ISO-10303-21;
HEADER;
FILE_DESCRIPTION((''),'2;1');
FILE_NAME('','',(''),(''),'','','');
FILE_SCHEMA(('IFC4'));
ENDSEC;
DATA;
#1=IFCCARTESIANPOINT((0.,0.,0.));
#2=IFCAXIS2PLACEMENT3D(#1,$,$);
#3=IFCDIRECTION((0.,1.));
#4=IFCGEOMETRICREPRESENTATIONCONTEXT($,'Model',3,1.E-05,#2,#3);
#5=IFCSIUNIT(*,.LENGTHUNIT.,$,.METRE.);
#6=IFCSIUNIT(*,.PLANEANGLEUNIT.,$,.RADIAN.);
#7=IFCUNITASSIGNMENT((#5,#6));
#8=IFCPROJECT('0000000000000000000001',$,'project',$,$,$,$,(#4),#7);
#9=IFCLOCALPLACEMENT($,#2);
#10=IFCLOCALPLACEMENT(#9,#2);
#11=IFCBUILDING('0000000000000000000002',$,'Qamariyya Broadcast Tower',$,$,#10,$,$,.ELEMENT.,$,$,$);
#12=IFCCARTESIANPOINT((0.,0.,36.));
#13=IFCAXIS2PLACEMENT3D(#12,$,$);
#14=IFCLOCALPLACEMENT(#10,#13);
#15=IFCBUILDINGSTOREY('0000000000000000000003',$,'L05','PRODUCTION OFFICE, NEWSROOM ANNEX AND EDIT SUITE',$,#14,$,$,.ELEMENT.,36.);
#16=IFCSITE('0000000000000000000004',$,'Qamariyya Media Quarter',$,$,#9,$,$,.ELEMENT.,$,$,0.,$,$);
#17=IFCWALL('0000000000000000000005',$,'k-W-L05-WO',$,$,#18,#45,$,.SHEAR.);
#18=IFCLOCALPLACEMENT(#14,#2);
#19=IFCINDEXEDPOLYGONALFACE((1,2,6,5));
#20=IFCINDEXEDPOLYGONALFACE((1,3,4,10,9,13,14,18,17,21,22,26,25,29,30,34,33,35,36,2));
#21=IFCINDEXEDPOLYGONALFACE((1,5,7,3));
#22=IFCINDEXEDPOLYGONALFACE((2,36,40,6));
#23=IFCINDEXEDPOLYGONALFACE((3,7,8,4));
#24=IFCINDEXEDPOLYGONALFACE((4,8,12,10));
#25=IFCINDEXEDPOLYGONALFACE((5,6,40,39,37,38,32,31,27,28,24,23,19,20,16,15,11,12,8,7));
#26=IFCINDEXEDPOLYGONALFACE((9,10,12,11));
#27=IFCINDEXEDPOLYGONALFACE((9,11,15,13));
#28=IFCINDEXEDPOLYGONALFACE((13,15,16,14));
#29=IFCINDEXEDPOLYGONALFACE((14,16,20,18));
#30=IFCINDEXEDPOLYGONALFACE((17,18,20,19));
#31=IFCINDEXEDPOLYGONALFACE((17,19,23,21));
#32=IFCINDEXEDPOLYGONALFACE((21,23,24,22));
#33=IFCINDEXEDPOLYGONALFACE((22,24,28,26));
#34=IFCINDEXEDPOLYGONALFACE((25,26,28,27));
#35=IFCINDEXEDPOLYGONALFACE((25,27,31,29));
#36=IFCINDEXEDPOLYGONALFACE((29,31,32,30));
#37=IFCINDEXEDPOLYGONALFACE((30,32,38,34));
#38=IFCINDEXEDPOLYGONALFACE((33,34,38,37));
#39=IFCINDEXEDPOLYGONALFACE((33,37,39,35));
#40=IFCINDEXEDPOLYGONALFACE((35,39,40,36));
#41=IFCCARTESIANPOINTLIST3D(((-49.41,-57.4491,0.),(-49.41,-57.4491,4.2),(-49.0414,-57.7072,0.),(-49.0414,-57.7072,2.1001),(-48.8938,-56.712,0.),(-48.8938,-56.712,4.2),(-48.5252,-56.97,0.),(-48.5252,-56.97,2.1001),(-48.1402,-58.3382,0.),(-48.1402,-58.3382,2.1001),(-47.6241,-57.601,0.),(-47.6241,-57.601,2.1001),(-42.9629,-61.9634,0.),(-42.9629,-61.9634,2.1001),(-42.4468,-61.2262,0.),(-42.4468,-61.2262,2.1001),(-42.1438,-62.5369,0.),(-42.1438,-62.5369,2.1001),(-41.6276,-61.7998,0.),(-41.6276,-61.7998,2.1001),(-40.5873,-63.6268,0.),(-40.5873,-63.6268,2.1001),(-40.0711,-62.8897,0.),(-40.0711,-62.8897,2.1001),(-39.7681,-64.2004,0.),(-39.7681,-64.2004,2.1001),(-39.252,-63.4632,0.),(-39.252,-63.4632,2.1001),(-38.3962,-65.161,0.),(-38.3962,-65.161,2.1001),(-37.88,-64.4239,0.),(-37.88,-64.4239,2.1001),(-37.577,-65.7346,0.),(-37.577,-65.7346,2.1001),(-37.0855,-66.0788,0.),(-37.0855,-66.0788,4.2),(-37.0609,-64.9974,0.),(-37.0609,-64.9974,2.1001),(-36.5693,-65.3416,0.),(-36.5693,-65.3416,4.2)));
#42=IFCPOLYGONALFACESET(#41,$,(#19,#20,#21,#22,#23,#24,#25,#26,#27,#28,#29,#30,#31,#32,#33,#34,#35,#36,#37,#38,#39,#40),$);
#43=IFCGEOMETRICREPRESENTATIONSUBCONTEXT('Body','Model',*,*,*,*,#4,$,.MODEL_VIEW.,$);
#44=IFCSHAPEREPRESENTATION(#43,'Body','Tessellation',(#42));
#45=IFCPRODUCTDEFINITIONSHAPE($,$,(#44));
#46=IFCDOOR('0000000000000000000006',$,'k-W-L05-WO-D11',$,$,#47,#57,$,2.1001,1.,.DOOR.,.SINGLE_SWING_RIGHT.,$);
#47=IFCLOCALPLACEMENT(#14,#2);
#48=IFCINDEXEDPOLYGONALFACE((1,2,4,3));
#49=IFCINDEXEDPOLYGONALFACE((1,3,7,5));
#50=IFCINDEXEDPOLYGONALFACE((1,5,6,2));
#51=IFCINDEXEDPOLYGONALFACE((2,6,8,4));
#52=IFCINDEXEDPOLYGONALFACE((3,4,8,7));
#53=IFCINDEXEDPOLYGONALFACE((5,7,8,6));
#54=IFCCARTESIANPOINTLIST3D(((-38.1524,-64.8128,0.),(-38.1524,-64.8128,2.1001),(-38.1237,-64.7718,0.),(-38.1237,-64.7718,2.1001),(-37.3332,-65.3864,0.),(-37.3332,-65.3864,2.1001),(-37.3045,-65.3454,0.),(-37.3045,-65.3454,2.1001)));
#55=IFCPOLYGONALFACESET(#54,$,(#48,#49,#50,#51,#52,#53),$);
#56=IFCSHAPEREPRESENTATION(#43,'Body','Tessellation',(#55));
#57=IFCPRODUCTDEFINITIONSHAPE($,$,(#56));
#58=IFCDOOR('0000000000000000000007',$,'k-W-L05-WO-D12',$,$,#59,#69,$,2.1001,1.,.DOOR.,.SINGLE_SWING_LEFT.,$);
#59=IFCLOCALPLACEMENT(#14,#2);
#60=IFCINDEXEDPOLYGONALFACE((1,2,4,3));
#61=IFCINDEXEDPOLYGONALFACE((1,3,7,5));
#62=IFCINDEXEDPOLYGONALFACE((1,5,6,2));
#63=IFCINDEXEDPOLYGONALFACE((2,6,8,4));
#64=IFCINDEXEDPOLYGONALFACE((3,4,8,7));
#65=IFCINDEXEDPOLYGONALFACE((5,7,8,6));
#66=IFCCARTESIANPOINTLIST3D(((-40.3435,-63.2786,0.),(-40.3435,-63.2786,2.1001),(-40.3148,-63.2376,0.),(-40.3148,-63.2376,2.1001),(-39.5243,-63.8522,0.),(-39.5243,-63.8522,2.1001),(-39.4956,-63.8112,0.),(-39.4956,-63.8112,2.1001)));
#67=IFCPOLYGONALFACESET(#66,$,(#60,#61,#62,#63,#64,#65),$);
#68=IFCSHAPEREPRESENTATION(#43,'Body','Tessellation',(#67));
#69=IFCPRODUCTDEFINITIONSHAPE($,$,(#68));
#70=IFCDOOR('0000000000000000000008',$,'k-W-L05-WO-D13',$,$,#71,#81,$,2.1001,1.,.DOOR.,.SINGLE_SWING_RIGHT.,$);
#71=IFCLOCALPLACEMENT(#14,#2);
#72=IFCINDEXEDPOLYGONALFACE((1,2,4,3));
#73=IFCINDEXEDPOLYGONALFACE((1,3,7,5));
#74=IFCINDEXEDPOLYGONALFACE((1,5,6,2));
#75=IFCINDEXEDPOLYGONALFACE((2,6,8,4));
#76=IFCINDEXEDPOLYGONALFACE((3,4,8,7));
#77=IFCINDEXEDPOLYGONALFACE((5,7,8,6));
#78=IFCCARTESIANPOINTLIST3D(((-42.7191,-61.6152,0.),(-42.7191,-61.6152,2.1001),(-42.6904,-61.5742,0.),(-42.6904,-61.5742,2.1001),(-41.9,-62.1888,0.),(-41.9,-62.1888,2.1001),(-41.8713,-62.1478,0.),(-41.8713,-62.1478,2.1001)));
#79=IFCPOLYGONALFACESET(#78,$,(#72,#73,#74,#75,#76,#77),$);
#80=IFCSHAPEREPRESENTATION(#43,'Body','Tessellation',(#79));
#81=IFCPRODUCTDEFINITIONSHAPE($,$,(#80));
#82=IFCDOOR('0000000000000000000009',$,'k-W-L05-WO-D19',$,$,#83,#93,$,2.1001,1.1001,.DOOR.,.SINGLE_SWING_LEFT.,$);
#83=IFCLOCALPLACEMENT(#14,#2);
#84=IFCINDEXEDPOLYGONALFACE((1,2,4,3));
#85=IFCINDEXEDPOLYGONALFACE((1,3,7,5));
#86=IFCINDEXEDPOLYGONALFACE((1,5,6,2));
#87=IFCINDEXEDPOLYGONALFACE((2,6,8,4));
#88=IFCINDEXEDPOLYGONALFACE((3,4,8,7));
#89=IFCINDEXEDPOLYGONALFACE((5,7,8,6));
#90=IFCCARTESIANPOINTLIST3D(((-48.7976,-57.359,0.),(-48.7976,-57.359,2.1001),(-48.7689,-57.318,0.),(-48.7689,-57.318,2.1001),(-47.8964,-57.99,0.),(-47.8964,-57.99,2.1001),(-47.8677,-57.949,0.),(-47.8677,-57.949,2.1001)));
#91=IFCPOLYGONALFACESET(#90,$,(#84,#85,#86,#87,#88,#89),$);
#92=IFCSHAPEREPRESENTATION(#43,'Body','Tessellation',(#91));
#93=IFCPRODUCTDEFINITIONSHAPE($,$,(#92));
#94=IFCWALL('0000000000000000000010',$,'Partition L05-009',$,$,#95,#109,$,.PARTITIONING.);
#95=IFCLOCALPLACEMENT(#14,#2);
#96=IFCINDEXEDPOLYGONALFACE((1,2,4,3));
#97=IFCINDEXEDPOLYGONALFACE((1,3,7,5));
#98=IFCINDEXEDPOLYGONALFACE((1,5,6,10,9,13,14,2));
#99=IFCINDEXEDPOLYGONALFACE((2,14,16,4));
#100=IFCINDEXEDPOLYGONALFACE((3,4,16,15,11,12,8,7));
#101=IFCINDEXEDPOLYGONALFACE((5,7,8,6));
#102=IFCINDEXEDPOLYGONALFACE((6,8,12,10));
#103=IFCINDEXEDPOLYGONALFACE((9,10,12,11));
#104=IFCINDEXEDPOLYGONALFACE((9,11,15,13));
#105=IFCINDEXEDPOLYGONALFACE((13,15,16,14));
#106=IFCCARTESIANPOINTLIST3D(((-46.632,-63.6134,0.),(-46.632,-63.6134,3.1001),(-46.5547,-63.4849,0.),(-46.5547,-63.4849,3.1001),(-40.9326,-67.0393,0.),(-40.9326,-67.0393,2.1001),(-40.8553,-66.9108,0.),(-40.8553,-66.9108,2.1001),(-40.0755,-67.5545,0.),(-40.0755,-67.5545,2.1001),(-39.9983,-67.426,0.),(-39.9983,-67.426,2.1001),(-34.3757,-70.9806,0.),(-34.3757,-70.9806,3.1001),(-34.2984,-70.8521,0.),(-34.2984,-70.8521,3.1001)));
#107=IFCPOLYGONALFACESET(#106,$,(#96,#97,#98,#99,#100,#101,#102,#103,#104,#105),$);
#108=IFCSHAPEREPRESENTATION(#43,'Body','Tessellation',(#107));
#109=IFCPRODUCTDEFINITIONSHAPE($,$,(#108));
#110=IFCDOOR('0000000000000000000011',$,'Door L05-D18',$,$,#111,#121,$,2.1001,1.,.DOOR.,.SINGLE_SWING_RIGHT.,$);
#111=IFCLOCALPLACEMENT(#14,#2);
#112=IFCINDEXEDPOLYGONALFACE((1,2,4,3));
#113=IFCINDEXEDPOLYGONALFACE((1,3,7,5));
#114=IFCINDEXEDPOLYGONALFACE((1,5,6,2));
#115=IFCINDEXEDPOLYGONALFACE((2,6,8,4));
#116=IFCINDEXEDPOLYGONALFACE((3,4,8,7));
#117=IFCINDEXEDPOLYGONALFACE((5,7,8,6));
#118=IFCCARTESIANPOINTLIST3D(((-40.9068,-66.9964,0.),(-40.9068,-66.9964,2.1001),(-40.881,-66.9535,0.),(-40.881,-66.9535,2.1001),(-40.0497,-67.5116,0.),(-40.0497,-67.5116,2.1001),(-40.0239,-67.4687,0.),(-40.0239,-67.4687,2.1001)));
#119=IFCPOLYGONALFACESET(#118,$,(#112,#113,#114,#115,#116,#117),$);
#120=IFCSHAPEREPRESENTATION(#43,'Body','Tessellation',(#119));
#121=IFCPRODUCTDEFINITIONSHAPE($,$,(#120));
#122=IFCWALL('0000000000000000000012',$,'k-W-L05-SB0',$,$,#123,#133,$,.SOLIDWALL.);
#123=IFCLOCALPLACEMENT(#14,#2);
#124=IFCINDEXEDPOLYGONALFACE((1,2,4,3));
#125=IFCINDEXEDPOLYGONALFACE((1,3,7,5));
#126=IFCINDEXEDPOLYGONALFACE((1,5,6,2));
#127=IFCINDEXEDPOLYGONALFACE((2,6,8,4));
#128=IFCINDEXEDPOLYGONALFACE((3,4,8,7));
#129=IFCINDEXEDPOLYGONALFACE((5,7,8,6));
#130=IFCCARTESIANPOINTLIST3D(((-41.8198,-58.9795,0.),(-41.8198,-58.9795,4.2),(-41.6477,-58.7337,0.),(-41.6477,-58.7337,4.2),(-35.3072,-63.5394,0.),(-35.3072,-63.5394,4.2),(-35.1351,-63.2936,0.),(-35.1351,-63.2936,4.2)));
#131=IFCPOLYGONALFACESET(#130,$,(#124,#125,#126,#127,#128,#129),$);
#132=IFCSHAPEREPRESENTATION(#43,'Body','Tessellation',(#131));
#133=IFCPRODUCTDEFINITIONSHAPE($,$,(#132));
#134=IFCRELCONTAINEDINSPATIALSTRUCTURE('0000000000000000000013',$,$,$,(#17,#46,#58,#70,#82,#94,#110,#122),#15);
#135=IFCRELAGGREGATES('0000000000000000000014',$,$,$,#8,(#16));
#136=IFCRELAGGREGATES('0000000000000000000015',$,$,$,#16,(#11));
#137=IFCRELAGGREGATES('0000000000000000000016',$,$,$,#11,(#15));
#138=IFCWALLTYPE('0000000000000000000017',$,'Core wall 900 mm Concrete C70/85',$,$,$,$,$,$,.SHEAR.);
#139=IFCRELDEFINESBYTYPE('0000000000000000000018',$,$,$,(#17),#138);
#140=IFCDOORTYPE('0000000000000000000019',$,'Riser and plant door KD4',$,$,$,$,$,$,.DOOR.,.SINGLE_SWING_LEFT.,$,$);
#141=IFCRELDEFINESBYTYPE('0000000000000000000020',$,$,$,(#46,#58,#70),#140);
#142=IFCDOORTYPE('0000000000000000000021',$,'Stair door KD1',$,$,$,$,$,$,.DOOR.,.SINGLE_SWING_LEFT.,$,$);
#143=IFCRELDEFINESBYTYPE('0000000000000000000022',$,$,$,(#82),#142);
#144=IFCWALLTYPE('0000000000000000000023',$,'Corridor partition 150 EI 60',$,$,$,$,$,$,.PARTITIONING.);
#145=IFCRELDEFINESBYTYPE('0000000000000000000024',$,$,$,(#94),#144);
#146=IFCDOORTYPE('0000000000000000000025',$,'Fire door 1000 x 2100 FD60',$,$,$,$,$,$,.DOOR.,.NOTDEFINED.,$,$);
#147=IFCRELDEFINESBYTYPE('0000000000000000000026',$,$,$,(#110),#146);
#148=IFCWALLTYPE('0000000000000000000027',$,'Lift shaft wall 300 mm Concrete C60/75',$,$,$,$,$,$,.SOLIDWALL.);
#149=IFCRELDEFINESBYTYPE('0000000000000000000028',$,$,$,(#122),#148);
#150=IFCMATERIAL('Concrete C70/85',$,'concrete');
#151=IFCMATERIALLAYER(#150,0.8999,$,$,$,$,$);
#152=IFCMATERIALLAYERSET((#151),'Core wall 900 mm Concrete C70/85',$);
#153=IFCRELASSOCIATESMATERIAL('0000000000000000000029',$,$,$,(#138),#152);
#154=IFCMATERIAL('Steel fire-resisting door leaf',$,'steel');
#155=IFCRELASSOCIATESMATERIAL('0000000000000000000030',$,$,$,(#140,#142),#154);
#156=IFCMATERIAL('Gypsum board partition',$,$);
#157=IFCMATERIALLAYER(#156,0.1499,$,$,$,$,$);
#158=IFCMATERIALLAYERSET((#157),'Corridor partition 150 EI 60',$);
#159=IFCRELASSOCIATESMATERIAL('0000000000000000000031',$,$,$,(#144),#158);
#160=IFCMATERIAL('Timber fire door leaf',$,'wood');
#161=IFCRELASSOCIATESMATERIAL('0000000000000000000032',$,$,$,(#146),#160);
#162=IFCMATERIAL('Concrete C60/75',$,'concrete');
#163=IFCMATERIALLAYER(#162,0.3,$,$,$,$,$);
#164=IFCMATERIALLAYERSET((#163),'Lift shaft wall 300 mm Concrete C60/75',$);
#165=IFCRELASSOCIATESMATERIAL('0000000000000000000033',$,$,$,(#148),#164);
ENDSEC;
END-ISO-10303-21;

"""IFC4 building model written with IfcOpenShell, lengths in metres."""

from ifc_helpers import new_model, si_unit, direction, frame, frame_2d, origin, place, context, subcontext, project, spatial, rectangle, extrude, material, layer, layer_set, type_object, element, fill, save


model = new_model("IFC4")

# Units and contexts
model_context = context("Model", 3, precision=1e-05, world=origin(), true_north=direction((0.0, 1.0)))
body_context = subcontext(model_context, "Body", "Model", "MODEL_VIEW")
ifc_project = project(units=[si_unit("LENGTHUNIT", "METRE"), si_unit("PLANEANGLEUNIT", "RADIAN")], contexts=[model_context])

# Site, building, storey
site_placement = place(None, origin())
site = spatial("IfcSite", under=ifc_project, at=site_placement, Name="Qamariyya Media Quarter", CompositionType="ELEMENT", RefElevation=0.0)
building_placement = place(site_placement, origin())
building = spatial("IfcBuilding", under=site, at=building_placement, Name="Qamariyya Broadcast Tower", CompositionType="ELEMENT")
storey_placement = place(building_placement, frame((0.0, 0.0, 36.0)))
storey = spatial("IfcBuildingStorey", under=building, at=storey_placement, Name="L05", Description="PRODUCTION OFFICE, NEWSROOM ANNEX AND EDIT SUITE", CompositionType="ELEMENT", Elevation=36.0)

# Shared definitions
ifc_material_1 = material(Name="Concrete C70/85", Category="concrete")

# Shared definitions
ifc_layer_1 = layer(ifc_material_1, 0.8999)
ifc_layer_set_1 = layer_set([ifc_layer_1], Name="Core wall 900 mm Concrete C70/85")
wall_type_1 = type_object("IfcWallType", Name="Core wall 900 mm Concrete C70/85", PredefinedType="SHEAR", material=ifc_layer_set_1)
ifc_material_2 = material(Name="Steel fire-resisting door leaf", Category="steel")

# Wall, openings, doors
wall_1_placement = place(storey_placement, frame((-36.8274, -65.7102, 0.0), z_axis=(0.0, 0.0, 1.0), x_axis=(-0.819153, 0.573575, 0.0)))
wall_1 = element("IfcWall", 1, at=wall_1_placement, inside=storey, type_object=wall_type_1, Name="k-W-L05-WO", PredefinedType="SHEAR", context=body_context, shape_type="SweptSolid", body=[
    extrude(rectangle(XDim=15.0454, YDim=0.8999, at=frame_2d((7.5227, 0.0))), origin(), (0.0, 0.0, 1.0), 4.2),
])
opening_1_placement = place(wall_1_placement, frame((0.6001, 0.0, 0.0)))
opening_1 = element("IfcOpeningElement", 2, at=opening_1_placement, cuts=wall_1, PredefinedType="OPENING", context=body_context, shape_type="SweptSolid", body=[
    extrude(rectangle(XDim=1.0, YDim=2.1001, at=frame_2d((0.5, 1.05))), frame((0.0, 0.46, 0.0), z_axis=(0.0, -1.0, 0.0), x_axis=(1.0, 0.0, 0.0)), (0.0, 0.0, 1.0), 0.9199),
])
opening_2_placement = place(wall_1_placement, frame((3.2749, 0.0, 0.0)))
opening_2 = element("IfcOpeningElement", 3, at=opening_2_placement, cuts=wall_1, PredefinedType="OPENING", context=body_context, shape_type="SweptSolid", body=[
    extrude(rectangle(XDim=1.0, YDim=2.1001, at=frame_2d((0.5, 1.05))), frame((0.0, 0.46, 0.0), z_axis=(0.0, -1.0, 0.0), x_axis=(1.0, 0.0, 0.0)), (0.0, 0.0, 1.0), 0.9199),
])
opening_3_placement = place(wall_1_placement, frame((6.175, 0.0, 0.0)))
opening_3 = element("IfcOpeningElement", 4, at=opening_3_placement, cuts=wall_1, PredefinedType="OPENING", context=body_context, shape_type="SweptSolid", body=[
    extrude(rectangle(XDim=1.0, YDim=2.1001, at=frame_2d((0.5, 1.05))), frame((0.0, 0.46, 0.0), z_axis=(0.0, -1.0, 0.0), x_axis=(1.0, 0.0, 0.0)), (0.0, 0.0, 1.0), 0.9199),
])
opening_4_placement = place(wall_1_placement, frame((13.4954, 0.0, 0.0)))
opening_4 = element("IfcOpeningElement", 5, at=opening_4_placement, cuts=wall_1, PredefinedType="OPENING", context=body_context, shape_type="SweptSolid", body=[
    extrude(rectangle(XDim=1.1001, YDim=2.1001, at=frame_2d((0.55, 1.05))), frame((0.0, 0.46, 0.0), z_axis=(0.0, -1.0, 0.0), x_axis=(1.0, 0.0, 0.0)), (0.0, 0.0, 1.0), 0.9199),
])
door_type_1 = type_object("IfcDoorType", Name="Riser and plant door KD4", OperationType="SINGLE_SWING_LEFT", PredefinedType="DOOR", material=ifc_material_2)
door_1_placement = place(opening_1_placement, origin())
door_1 = element("IfcDoor", 6, at=door_1_placement, inside=storey, type_object=door_type_1, Name="k-W-L05-WO-D11", OperationType="SINGLE_SWING_RIGHT", OverallHeight=2.1001, OverallWidth=1.0, PredefinedType="DOOR", context=body_context, shape_type="SweptSolid", body=[
    extrude(rectangle(XDim=1.0, YDim=2.1001, at=frame_2d((0.5, 1.05))), frame((0.0, 0.0249, 0.0), z_axis=(0.0, -1.0, 0.0), x_axis=(1.0, 0.0, 0.0)), (0.0, 0.0, 1.0), 0.05),
])
fill(opening_1, door_1)
door_2_placement = place(opening_2_placement, origin())
door_2 = element("IfcDoor", 7, at=door_2_placement, inside=storey, type_object=door_type_1, Name="k-W-L05-WO-D12", OperationType="SINGLE_SWING_LEFT", OverallHeight=2.1001, OverallWidth=1.0, PredefinedType="DOOR", context=body_context, shape_type="SweptSolid", body=[
    extrude(rectangle(XDim=1.0, YDim=2.1001, at=frame_2d((0.5, 1.05))), frame((0.0, 0.0249, 0.0), z_axis=(0.0, -1.0, 0.0), x_axis=(1.0, 0.0, 0.0)), (0.0, 0.0, 1.0), 0.05),
])
fill(opening_2, door_2)
door_3_placement = place(opening_3_placement, origin())
door_3 = element("IfcDoor", 8, at=door_3_placement, inside=storey, type_object=door_type_1, Name="k-W-L05-WO-D13", OperationType="SINGLE_SWING_RIGHT", OverallHeight=2.1001, OverallWidth=1.0, PredefinedType="DOOR", context=body_context, shape_type="SweptSolid", body=[
    extrude(rectangle(XDim=1.0, YDim=2.1001, at=frame_2d((0.5, 1.05))), frame((0.0, 0.0249, 0.0), z_axis=(0.0, -1.0, 0.0), x_axis=(1.0, 0.0, 0.0)), (0.0, 0.0, 1.0), 0.05),
])
fill(opening_3, door_3)
door_type_2 = type_object("IfcDoorType", Name="Stair door KD1", OperationType="SINGLE_SWING_LEFT", PredefinedType="DOOR", material=ifc_material_2)
door_4_placement = place(opening_4_placement, origin())
door_4 = element("IfcDoor", 9, at=door_4_placement, inside=storey, type_object=door_type_2, Name="k-W-L05-WO-D19", OperationType="SINGLE_SWING_LEFT", OverallHeight=2.1001, OverallWidth=1.1001, PredefinedType="DOOR", context=body_context, shape_type="SweptSolid", body=[
    extrude(rectangle(XDim=1.1001, YDim=2.1001, at=frame_2d((0.55, 1.05))), frame((0.0, 0.0249, 0.0), z_axis=(0.0, -1.0, 0.0), x_axis=(1.0, 0.0, 0.0)), (0.0, 0.0, 1.0), 0.05),
])
fill(opening_4, door_4)

# Wall, opening, door
ifc_material_3 = material(Name="Gypsum board partition")
ifc_layer_2 = layer(ifc_material_3, 0.1499)
ifc_layer_set_2 = layer_set([ifc_layer_2], Name="Corridor partition 150 EI 60")
wall_type_2 = type_object("IfcWallType", Name="Corridor partition 150 EI 60", PredefinedType="PARTITIONING", material=ifc_layer_set_2)
wall_2_placement = place(storey_placement, frame((-34.3372, -70.9163, 0.0), z_axis=(0.0, 0.0, 1.0), x_axis=(-0.85708, 0.515184, 0.0)))
wall_2 = element("IfcWall", 10, at=wall_2_placement, inside=storey, type_object=wall_type_2, Name="Partition L05-009", PredefinedType="PARTITIONING", context=body_context, shape_type="SweptSolid", body=[
    extrude(rectangle(XDim=14.3, YDim=0.1499, at=frame_2d((7.1499, 0.0))), origin(), (0.0, 0.0, 1.0), 3.1001),
])
opening_5_placement = place(wall_2_placement, frame((6.6501, 0.0, 0.0)))
opening_5 = element("IfcOpeningElement", 11, at=opening_5_placement, cuts=wall_2, PredefinedType="OPENING", context=body_context, shape_type="SweptSolid", body=[
    extrude(rectangle(XDim=1.0, YDim=2.1001, at=frame_2d((0.5, 1.05))), frame((0.0, 0.085, 0.0), z_axis=(0.0, -1.0, 0.0), x_axis=(1.0, 0.0, 0.0)), (0.0, 0.0, 1.0), 0.1699),
])
ifc_material_4 = material(Name="Timber fire door leaf", Category="wood")
door_type_3 = type_object("IfcDoorType", Name="Fire door 1000 x 2100 FD60", OperationType="NOTDEFINED", PredefinedType="DOOR", material=ifc_material_4)
door_5_placement = place(opening_5_placement, origin())
door_5 = element("IfcDoor", 12, at=door_5_placement, inside=storey, type_object=door_type_3, Name="Door L05-D18", OperationType="SINGLE_SWING_RIGHT", OverallHeight=2.1001, OverallWidth=1.0, PredefinedType="DOOR", context=body_context, shape_type="SweptSolid", body=[
    extrude(rectangle(XDim=1.0, YDim=2.1001, at=frame_2d((0.5, 1.05))), frame((0.0, 0.0249, 0.0), z_axis=(0.0, -1.0, 0.0), x_axis=(1.0, 0.0, 0.0)), (0.0, 0.0, 1.0), 0.05),
])
fill(opening_5, door_5)

# Wall
ifc_material_5 = material(Name="Concrete C60/75", Category="concrete")
ifc_layer_3 = layer(ifc_material_5, 0.3)
ifc_layer_set_3 = layer_set([ifc_layer_3], Name="Lift shaft wall 300 mm Concrete C60/75")
wall_type_3 = type_object("IfcWallType", Name="Lift shaft wall 300 mm Concrete C60/75", PredefinedType="SOLIDWALL", material=ifc_layer_set_3)
wall_3_placement = place(storey_placement, frame((-35.2212, -63.4165, 0.0), z_axis=(0.0, 0.0, 1.0), x_axis=(-0.819167, 0.573555, 0.0)))
element("IfcWall", 13, at=wall_3_placement, inside=storey, type_object=wall_type_3, Name="k-W-L05-SB0", PredefinedType="SOLIDWALL", context=body_context, shape_type="SweptSolid", body=[
    extrude(rectangle(XDim=7.9502, YDim=0.3, at=frame_2d((3.9751, 0.0))), origin(), (0.0, 0.0, 1.0), 4.2),
])

save(model, "model.ifc")
